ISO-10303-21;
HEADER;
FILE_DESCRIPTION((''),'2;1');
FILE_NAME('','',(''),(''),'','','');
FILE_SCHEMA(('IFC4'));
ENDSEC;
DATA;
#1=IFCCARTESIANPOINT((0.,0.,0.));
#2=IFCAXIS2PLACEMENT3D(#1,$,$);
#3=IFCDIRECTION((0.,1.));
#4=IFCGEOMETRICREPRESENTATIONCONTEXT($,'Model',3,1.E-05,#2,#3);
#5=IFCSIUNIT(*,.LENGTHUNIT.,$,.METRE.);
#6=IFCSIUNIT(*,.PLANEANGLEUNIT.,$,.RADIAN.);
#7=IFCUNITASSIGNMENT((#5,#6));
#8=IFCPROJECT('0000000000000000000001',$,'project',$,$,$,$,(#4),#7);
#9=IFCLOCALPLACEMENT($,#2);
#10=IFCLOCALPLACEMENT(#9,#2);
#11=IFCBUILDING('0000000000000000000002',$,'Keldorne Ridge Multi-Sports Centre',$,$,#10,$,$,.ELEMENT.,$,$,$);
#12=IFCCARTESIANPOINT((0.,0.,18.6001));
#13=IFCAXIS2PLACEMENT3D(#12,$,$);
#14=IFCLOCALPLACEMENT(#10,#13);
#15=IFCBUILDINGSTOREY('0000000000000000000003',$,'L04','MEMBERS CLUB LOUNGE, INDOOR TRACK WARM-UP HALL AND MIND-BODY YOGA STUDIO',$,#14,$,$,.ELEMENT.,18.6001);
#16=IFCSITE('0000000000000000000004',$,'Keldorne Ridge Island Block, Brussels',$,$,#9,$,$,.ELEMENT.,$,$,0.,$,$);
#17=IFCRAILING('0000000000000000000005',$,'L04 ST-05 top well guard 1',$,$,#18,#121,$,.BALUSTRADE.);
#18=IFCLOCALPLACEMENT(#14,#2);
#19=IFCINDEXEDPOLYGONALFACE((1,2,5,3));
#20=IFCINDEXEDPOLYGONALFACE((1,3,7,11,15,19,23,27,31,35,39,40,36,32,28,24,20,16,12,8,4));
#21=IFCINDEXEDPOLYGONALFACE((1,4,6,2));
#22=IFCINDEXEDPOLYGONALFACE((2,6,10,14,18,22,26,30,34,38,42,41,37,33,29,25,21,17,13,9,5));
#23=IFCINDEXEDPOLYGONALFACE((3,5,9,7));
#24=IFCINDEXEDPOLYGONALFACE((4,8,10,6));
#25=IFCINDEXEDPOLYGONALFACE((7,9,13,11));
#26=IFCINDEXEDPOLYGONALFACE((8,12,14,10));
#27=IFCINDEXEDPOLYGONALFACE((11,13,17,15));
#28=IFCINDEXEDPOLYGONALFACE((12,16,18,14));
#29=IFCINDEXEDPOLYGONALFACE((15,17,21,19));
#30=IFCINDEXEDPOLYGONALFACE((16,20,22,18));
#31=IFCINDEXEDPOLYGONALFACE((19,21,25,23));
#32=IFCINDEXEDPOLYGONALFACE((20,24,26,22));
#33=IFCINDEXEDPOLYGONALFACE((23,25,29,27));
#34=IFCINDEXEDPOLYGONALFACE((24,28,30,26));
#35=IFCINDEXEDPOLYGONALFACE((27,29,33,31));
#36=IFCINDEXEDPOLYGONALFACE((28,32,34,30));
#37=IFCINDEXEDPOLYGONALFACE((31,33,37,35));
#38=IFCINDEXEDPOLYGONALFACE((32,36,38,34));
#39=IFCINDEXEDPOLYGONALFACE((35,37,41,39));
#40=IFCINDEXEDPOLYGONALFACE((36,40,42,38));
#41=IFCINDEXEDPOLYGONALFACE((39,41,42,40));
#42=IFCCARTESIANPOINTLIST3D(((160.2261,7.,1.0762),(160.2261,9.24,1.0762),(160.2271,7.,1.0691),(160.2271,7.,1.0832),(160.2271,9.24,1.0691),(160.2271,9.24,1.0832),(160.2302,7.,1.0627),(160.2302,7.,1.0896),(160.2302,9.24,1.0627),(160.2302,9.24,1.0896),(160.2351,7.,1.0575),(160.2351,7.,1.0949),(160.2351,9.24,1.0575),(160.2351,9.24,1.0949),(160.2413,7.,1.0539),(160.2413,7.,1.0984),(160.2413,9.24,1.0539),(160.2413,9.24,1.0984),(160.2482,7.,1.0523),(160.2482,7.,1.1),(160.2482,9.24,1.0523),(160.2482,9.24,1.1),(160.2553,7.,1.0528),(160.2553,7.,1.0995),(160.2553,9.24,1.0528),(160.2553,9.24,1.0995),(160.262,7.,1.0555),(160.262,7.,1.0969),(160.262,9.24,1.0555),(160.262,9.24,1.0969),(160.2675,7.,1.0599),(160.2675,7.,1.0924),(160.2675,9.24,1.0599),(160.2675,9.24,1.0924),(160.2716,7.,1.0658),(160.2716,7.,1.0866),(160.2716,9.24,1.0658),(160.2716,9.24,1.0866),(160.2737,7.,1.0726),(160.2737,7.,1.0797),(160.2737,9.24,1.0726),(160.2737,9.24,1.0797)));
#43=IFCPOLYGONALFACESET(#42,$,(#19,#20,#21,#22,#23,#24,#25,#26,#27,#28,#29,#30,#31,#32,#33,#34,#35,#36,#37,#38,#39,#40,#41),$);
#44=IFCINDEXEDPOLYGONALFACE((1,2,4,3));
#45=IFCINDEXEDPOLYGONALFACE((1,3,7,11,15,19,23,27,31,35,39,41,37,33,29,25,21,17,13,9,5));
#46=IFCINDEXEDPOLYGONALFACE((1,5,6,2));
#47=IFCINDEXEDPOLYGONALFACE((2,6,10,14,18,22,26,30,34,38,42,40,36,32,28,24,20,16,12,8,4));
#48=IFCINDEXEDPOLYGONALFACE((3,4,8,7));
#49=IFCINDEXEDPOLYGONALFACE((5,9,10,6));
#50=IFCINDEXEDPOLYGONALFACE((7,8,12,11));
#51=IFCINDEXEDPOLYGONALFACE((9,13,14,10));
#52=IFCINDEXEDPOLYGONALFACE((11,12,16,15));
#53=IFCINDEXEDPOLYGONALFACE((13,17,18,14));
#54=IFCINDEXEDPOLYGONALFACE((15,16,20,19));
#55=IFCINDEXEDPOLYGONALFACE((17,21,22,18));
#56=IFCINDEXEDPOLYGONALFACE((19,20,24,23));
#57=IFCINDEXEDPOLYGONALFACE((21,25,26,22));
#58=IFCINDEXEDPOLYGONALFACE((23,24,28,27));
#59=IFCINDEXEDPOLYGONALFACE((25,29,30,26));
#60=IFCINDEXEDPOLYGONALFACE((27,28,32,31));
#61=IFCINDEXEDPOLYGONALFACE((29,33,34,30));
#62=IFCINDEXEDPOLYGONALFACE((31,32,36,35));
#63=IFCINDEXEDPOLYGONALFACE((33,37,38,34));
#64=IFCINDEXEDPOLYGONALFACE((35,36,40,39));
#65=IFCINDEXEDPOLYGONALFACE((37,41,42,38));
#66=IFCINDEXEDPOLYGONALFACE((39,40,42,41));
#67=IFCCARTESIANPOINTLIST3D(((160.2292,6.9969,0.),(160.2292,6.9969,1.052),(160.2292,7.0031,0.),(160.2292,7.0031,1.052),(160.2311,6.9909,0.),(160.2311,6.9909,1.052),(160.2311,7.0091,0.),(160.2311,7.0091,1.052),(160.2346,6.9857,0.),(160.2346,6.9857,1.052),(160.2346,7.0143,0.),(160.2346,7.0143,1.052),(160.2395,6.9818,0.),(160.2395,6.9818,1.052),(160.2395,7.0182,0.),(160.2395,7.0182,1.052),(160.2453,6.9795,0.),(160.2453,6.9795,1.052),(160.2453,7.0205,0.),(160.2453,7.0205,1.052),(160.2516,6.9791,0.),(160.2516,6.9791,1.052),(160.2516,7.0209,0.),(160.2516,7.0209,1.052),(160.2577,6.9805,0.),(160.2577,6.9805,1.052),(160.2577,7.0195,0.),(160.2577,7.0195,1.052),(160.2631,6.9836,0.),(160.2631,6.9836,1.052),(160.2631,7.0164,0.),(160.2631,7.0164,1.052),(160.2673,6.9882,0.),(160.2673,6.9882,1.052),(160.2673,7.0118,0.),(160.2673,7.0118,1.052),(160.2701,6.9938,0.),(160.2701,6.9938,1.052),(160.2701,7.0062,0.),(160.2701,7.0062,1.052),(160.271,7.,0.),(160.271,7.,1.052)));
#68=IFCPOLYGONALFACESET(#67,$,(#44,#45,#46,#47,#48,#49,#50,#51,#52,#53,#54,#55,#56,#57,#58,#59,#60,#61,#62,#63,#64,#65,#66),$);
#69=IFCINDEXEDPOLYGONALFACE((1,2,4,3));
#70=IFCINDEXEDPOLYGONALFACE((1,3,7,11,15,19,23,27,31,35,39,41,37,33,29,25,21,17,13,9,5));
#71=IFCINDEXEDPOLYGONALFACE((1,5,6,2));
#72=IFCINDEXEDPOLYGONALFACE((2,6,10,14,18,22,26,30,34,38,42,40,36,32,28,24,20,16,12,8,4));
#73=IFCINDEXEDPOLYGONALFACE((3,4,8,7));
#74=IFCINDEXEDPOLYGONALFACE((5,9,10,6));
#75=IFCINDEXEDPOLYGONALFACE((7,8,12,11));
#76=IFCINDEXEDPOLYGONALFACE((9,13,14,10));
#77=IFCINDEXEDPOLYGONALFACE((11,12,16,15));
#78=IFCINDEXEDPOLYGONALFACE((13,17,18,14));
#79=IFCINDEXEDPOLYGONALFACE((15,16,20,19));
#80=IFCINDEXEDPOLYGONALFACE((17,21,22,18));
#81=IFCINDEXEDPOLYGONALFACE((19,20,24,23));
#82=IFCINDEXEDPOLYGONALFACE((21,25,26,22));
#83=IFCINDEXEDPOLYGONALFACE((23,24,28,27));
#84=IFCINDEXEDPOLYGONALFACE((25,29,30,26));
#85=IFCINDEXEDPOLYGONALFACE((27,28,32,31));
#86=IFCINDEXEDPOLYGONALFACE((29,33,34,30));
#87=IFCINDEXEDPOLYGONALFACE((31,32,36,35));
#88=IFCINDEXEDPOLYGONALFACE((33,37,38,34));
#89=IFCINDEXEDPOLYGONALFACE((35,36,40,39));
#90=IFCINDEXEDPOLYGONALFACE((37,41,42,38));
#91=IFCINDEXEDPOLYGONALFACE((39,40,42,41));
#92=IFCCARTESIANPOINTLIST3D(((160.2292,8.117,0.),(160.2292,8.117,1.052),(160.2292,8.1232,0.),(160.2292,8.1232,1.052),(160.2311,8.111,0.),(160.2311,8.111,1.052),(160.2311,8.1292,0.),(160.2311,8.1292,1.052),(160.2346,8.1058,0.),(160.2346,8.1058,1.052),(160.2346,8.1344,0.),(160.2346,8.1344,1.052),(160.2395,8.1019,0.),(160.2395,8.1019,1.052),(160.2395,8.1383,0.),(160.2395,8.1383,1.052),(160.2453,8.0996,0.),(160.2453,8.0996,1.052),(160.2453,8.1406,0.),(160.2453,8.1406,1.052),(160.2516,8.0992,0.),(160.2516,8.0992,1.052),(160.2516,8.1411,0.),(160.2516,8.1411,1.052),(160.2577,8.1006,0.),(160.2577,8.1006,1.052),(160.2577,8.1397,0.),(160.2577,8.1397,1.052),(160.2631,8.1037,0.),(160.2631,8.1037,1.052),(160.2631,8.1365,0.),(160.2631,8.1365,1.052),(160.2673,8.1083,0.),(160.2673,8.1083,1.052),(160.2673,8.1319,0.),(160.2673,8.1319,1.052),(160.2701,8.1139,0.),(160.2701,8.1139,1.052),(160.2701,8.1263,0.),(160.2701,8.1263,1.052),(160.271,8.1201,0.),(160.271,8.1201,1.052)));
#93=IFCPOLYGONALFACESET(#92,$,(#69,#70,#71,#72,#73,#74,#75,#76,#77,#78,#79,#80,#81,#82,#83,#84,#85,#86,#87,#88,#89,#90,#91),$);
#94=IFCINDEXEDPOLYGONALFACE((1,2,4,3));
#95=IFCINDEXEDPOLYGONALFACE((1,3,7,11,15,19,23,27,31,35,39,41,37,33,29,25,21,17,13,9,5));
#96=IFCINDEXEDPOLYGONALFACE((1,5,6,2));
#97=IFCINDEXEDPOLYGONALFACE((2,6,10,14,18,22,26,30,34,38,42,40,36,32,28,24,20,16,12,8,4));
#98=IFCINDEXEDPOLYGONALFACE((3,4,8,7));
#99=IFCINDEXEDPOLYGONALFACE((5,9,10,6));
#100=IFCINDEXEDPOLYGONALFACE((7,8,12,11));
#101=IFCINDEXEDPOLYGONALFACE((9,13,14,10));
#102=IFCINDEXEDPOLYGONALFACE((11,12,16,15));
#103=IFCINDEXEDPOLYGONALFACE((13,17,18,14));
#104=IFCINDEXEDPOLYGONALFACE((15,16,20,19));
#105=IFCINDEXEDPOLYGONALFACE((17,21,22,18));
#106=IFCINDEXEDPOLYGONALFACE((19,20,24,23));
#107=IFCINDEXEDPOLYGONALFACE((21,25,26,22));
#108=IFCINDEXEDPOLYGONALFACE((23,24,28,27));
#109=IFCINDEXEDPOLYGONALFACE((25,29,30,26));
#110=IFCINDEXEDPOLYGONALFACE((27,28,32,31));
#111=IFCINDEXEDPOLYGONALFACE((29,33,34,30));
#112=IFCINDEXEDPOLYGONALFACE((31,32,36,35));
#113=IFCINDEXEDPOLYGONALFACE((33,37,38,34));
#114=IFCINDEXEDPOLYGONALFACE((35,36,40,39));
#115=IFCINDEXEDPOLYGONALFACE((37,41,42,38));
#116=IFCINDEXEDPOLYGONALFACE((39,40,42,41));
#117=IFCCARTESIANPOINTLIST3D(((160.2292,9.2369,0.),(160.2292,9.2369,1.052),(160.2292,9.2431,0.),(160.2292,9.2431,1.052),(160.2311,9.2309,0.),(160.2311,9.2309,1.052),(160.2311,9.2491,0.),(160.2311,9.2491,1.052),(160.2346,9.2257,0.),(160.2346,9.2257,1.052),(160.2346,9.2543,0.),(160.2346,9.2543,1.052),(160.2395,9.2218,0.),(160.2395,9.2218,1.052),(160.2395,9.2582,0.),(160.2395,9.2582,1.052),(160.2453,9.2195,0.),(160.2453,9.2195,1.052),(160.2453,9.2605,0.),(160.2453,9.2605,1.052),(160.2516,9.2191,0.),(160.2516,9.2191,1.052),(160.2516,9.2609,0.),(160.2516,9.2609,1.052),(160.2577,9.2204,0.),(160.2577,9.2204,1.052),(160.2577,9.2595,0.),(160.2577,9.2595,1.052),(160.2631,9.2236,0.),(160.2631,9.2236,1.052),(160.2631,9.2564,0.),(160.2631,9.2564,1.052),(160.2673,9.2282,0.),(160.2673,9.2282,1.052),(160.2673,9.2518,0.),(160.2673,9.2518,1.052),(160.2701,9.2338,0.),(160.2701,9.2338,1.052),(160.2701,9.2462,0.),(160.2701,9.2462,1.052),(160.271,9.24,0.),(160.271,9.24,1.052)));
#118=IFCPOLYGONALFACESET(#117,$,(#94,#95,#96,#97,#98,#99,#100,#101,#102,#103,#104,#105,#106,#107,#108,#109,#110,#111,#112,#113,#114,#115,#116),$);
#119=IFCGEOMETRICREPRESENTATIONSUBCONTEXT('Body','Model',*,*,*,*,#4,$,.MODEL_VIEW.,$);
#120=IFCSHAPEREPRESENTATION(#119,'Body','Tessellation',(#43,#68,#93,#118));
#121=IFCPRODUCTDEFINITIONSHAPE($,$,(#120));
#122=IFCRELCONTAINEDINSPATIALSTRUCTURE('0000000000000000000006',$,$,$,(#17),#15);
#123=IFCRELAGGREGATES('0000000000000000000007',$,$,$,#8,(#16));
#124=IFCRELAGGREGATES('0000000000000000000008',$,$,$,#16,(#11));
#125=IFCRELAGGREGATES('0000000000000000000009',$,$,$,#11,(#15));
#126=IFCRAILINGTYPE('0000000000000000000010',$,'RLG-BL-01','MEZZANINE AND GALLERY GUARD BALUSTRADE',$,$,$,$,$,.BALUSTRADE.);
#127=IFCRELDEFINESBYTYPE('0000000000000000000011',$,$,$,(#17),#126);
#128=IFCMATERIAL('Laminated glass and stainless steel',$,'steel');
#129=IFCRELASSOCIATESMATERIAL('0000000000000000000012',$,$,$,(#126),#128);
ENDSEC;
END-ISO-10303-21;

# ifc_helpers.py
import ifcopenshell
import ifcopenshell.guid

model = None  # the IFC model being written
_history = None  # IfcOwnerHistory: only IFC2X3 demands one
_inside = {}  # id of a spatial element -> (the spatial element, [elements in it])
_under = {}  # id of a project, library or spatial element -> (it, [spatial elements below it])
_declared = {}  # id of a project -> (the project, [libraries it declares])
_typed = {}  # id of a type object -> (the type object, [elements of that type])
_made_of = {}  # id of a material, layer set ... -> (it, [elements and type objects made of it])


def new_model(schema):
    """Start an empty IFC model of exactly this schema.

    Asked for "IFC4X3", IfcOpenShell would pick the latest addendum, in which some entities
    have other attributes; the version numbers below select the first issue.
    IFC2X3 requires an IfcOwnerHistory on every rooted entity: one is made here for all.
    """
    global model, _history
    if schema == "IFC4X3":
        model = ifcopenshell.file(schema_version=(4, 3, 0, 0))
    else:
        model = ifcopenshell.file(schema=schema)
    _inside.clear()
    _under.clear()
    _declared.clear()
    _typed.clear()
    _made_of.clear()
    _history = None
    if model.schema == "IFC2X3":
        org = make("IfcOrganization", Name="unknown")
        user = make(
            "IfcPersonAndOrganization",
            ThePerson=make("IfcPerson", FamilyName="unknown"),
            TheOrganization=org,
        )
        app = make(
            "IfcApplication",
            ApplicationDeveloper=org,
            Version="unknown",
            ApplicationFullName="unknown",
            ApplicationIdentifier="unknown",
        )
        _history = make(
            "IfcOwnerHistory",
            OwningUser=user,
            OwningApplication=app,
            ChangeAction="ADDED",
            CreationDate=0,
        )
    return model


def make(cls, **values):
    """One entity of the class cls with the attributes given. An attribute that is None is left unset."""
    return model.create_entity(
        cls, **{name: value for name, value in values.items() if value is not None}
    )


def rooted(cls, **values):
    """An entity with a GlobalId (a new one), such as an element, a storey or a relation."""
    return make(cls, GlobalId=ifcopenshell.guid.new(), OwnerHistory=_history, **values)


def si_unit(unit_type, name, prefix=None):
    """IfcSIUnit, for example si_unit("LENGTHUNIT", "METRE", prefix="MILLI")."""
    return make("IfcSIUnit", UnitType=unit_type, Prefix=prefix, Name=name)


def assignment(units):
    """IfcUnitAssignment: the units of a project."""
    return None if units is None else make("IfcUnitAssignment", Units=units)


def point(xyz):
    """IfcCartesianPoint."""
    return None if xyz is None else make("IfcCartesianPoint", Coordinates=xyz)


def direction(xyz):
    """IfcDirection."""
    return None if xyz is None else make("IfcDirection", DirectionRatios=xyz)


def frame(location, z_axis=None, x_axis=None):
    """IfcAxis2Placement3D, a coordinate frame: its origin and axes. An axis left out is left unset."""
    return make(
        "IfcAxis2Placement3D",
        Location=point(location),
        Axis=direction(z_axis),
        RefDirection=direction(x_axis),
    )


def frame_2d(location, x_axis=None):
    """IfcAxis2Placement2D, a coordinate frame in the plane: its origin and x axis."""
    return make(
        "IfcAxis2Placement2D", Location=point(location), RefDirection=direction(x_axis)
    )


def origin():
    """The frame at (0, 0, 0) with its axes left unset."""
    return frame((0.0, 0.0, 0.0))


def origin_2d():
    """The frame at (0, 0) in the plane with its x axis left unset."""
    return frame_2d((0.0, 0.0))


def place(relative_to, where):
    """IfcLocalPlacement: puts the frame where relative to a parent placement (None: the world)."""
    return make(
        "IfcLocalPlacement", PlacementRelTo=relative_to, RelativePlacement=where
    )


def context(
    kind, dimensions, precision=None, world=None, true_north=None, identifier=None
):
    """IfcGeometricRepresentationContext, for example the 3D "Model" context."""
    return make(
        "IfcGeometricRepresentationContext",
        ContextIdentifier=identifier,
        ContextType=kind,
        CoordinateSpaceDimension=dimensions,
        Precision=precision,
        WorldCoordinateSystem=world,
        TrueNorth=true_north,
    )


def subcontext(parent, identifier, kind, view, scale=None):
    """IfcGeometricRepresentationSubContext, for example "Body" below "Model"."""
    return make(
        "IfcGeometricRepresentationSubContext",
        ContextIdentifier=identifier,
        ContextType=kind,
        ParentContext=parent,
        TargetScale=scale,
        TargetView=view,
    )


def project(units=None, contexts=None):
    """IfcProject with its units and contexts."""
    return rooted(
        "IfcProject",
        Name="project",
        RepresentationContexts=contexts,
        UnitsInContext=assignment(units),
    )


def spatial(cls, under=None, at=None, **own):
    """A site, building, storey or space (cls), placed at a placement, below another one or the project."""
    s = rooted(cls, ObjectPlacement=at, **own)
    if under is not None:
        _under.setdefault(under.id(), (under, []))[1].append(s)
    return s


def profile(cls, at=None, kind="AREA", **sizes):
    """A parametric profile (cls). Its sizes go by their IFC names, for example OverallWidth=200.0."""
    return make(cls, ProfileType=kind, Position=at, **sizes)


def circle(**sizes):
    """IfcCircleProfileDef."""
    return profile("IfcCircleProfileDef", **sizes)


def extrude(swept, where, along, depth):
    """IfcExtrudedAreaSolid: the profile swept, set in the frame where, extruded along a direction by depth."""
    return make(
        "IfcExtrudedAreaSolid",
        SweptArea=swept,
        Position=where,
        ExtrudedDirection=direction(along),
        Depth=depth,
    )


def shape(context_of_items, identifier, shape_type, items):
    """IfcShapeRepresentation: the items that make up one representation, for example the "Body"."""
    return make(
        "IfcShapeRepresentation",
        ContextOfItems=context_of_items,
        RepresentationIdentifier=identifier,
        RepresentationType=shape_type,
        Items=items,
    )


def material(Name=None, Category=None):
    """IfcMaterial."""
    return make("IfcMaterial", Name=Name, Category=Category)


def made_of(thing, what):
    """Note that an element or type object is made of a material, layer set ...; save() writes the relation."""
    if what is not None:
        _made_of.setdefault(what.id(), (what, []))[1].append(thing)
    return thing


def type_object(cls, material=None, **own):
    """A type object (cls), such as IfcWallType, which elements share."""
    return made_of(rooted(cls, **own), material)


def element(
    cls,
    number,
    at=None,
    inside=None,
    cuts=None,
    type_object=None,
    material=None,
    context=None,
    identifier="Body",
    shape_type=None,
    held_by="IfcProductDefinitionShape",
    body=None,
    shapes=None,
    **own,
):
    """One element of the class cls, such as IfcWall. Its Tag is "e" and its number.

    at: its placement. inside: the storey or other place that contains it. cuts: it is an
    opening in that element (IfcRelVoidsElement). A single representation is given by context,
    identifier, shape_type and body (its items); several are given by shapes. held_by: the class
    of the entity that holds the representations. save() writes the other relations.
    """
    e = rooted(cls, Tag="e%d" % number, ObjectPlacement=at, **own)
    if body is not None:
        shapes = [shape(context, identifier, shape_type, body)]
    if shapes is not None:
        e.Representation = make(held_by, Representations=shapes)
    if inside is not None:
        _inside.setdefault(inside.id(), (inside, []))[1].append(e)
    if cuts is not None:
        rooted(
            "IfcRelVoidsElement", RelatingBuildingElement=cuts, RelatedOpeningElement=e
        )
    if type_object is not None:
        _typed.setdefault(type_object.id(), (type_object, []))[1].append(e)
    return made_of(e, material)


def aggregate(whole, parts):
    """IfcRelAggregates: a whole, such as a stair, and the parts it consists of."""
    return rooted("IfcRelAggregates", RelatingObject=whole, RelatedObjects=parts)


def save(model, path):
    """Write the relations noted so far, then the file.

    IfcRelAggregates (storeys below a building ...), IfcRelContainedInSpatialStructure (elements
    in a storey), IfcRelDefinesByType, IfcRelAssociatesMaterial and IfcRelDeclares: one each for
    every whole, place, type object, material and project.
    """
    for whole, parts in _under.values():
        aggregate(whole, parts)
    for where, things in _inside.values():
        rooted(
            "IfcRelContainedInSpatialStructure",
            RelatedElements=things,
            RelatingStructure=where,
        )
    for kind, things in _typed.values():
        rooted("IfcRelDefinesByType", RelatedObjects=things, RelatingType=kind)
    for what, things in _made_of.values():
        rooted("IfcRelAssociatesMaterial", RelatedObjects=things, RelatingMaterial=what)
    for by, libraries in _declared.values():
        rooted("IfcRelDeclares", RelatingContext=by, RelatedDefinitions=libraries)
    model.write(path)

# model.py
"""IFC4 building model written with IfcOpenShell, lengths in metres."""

from ifc_helpers import new_model, si_unit, direction, frame, origin, origin_2d, place, context, subcontext, project, spatial, circle, extrude, material, type_object, element, save


model = new_model("IFC4")

# Units and contexts
model_context = context("Model", 3, precision=1e-05, world=origin(), true_north=direction((0.0, 1.0)))
body_context = subcontext(model_context, "Body", "Model", "MODEL_VIEW")
ifc_project = project(units=[si_unit("LENGTHUNIT", "METRE"), si_unit("PLANEANGLEUNIT", "RADIAN")], contexts=[model_context])

# Site, building, storey
site_placement = place(None, origin())
site = spatial("IfcSite", under=ifc_project, at=site_placement, Name="Keldorne Ridge Island Block, Brussels", CompositionType="ELEMENT", RefElevation=0.0)
building_placement = place(site_placement, origin())
building = spatial("IfcBuilding", under=site, at=building_placement, Name="Keldorne Ridge Multi-Sports Centre", CompositionType="ELEMENT")
storey_placement = place(building_placement, frame((0.0, 0.0, 18.6001)))
storey = spatial("IfcBuildingStorey", under=building, at=storey_placement, Name="L04", Description="MEMBERS CLUB LOUNGE, INDOOR TRACK WARM-UP HALL AND MIND-BODY YOGA STUDIO", CompositionType="ELEMENT", Elevation=18.6001)

# Railing
ifc_material_1 = material(Name="Laminated glass and stainless steel", Category="steel")
railing_type_1 = type_object("IfcRailingType", Name="RLG-BL-01", Description="MEZZANINE AND GALLERY GUARD BALUSTRADE", PredefinedType="BALUSTRADE", material=ifc_material_1)
railing_1_placement = place(storey_placement, frame((160.25, 7.0, 0.0)))
element("IfcRailing", 1, at=railing_1_placement, inside=storey, type_object=railing_type_1, Name="L04 ST-05 top well guard 1", PredefinedType="BALUSTRADE", context=body_context, shape_type="SweptSolid", body=[
    extrude(circle(Radius=0.0239, at=origin_2d()), frame((0.0, 0.0, 1.0762), z_axis=(0.0, 1.0, 0.0), x_axis=(-1.0, 0.0, 0.0)), (0.0, 0.0, 1.0), 2.24),
    extrude(circle(Radius=0.021, at=origin_2d()), origin(), (0.0, 0.0, 1.0), 1.052),
    extrude(circle(Radius=0.021, at=origin_2d()), frame((0.0, 1.1201, 0.0)), (0.0, 0.0, 1.0), 1.052),
    extrude(circle(Radius=0.021, at=origin_2d()), frame((0.0, 2.24, 0.0)), (0.0, 0.0, 1.0), 1.052),
])

save(model, "model.ifc")
